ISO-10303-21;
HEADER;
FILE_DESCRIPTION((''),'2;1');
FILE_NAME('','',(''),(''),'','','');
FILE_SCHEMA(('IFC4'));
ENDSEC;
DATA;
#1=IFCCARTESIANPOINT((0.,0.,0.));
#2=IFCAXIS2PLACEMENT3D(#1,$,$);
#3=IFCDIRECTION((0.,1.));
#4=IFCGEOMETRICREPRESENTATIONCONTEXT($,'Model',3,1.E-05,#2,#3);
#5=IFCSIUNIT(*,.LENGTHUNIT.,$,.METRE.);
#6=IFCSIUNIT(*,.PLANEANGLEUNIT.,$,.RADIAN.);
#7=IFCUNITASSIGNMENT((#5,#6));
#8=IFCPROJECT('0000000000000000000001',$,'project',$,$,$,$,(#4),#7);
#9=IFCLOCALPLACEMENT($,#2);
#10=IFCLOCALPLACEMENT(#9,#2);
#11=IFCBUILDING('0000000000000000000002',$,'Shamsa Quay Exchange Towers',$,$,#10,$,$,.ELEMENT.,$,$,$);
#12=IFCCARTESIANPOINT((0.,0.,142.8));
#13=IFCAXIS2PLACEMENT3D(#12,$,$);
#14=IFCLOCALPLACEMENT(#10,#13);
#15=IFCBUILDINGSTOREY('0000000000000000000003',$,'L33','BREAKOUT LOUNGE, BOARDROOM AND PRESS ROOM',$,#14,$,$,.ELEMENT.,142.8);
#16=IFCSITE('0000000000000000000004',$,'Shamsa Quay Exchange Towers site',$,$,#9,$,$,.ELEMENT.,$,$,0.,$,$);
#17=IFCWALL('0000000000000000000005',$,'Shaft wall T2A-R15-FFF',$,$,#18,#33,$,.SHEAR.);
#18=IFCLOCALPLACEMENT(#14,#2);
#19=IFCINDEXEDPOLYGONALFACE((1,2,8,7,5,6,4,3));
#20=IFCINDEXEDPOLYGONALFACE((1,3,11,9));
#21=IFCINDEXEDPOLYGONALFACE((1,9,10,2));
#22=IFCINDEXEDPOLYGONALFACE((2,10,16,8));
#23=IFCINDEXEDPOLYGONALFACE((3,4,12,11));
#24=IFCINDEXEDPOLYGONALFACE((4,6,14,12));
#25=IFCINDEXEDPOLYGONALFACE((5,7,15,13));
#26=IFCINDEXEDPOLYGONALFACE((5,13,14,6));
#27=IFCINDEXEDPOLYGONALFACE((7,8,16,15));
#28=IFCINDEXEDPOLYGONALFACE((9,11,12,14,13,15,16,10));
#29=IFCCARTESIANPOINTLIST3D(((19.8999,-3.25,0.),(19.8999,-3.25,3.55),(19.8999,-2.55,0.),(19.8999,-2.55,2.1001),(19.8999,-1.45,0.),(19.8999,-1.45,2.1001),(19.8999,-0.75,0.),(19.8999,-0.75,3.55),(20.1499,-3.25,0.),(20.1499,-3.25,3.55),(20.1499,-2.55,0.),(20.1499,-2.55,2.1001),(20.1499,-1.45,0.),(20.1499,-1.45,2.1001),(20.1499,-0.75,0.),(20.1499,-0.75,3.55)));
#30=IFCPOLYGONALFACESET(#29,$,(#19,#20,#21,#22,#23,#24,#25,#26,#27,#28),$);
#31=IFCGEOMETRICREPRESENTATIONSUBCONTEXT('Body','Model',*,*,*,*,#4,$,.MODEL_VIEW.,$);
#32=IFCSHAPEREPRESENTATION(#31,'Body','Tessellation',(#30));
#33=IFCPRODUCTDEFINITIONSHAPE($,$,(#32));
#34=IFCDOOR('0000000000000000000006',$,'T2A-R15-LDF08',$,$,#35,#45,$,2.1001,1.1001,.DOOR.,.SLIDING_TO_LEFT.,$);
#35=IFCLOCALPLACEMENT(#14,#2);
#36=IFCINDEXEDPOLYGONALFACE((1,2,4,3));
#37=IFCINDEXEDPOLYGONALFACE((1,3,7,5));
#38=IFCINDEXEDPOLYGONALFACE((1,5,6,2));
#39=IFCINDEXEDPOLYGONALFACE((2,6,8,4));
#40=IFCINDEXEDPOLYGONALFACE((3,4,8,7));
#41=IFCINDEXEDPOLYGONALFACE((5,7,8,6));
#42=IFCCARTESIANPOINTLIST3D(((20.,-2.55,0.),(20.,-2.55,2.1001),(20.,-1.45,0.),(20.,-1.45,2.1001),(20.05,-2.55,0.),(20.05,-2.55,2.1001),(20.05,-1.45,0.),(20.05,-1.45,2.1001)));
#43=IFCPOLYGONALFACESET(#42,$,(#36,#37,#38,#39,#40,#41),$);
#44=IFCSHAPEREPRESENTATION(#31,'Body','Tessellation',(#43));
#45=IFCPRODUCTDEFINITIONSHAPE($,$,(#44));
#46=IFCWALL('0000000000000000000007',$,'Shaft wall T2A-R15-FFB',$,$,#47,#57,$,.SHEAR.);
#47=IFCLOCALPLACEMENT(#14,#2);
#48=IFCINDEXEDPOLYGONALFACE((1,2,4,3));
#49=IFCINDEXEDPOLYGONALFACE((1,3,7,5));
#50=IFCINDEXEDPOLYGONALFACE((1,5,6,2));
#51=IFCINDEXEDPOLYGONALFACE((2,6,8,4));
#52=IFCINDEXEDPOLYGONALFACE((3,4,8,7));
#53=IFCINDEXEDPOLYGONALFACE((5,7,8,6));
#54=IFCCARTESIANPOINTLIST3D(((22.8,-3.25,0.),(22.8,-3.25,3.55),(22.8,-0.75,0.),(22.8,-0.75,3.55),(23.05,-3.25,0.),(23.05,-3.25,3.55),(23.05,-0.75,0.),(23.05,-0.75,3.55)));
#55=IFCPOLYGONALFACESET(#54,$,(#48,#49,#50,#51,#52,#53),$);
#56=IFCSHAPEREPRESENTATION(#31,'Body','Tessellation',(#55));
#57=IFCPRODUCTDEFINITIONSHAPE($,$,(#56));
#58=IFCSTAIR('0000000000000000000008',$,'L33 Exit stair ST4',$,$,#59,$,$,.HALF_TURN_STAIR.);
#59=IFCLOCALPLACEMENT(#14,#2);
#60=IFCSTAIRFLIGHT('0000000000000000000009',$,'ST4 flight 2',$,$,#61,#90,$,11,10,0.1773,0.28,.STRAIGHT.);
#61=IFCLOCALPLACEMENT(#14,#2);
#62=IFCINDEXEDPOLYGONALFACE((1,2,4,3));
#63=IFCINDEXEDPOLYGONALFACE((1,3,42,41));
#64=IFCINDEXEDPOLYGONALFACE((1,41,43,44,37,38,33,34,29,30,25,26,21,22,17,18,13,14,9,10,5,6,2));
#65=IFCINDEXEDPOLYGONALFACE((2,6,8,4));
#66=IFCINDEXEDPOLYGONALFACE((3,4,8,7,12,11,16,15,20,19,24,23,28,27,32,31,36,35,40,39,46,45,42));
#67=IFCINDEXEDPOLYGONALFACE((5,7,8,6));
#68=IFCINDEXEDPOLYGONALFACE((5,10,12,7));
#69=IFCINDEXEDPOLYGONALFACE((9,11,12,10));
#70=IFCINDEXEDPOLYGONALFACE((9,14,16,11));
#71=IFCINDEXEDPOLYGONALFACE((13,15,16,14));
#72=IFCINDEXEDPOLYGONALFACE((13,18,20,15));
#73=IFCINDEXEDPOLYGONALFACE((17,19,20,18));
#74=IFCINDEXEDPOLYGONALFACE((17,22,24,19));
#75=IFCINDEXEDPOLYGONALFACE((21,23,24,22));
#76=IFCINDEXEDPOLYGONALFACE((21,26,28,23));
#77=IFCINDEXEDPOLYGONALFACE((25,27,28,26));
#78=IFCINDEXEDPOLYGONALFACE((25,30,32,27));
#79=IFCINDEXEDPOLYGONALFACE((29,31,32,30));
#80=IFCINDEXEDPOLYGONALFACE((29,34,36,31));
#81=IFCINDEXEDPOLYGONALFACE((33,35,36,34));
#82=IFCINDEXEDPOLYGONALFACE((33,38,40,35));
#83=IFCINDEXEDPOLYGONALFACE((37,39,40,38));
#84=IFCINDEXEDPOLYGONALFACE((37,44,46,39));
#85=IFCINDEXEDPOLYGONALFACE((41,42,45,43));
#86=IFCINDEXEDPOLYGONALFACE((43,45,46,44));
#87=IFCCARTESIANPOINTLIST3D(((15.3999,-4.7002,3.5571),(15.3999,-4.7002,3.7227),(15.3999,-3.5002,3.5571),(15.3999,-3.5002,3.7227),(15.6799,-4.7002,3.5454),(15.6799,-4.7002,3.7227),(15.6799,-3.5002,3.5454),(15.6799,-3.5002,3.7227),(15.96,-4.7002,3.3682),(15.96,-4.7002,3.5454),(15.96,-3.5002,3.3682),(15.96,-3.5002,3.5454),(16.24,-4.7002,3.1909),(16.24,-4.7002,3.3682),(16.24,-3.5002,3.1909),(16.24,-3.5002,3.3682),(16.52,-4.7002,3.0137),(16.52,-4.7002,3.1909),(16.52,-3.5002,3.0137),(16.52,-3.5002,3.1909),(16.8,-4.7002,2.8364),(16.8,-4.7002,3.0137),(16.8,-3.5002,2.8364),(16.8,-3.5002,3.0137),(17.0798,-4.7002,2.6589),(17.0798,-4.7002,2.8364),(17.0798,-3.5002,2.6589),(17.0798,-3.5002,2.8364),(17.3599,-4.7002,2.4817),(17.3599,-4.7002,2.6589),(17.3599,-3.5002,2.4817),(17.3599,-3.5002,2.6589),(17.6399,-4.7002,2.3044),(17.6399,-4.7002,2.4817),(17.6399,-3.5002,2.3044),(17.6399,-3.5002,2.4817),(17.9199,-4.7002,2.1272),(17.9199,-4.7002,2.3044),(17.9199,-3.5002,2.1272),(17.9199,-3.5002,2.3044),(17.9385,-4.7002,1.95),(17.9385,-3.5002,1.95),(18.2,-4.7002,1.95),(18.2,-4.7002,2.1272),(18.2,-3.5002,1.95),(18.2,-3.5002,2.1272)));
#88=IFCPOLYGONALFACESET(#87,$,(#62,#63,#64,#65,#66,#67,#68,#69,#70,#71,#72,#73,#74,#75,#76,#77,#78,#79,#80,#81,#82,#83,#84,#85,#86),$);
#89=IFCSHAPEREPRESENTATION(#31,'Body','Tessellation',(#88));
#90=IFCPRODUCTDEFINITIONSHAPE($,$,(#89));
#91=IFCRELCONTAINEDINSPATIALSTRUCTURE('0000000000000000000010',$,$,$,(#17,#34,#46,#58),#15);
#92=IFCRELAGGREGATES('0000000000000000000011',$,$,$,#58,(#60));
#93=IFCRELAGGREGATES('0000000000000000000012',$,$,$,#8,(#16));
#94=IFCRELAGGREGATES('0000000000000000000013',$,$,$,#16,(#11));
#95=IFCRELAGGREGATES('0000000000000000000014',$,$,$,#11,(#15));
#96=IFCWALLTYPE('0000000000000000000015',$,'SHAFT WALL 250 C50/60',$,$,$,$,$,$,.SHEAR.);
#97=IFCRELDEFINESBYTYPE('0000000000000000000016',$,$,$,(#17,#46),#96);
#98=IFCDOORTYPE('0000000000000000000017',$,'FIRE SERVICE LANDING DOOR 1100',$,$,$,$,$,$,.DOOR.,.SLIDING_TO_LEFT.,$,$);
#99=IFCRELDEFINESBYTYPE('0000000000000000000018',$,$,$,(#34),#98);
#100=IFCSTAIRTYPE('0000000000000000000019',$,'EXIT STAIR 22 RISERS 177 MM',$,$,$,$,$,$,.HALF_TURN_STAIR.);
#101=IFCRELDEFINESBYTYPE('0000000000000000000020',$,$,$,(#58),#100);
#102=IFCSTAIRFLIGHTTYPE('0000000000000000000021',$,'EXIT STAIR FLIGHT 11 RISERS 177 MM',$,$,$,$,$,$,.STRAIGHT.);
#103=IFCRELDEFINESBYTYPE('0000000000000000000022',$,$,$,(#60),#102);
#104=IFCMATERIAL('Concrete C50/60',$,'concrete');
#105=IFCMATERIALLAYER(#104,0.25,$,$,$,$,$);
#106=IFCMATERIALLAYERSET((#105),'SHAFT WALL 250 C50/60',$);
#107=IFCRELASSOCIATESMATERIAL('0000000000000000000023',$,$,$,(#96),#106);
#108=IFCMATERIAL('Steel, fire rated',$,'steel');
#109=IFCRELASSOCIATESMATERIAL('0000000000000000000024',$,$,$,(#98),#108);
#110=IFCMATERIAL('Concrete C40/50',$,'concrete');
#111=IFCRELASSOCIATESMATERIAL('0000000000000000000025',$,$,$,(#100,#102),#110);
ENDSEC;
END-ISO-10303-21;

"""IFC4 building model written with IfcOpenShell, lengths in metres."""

from ifc_helpers import new_model, si_unit, direction, frame, frame_2d, origin, place, context, subcontext, project, spatial, polyline, rectangle, outline, extrude, material, layer, layer_set, type_object, element, fill, aggregate, save


model = new_model("IFC4")

# Units and contexts
model_context = context("Model", 3, precision=1e-05, world=origin(), true_north=direction((0.0, 1.0)))
body_context = subcontext(model_context, "Body", "Model", "MODEL_VIEW")
ifc_project = project(units=[si_unit("LENGTHUNIT", "METRE"), si_unit("PLANEANGLEUNIT", "RADIAN")], contexts=[model_context])

# Site, building, storey
site_placement = place(None, origin())
site = spatial("IfcSite", under=ifc_project, at=site_placement, Name="Shamsa Quay Exchange Towers site", CompositionType="ELEMENT", RefElevation=0.0)
building_placement = place(site_placement, origin())
building = spatial("IfcBuilding", under=site, at=building_placement, Name="Shamsa Quay Exchange Towers", CompositionType="ELEMENT")
storey_placement = place(building_placement, frame((0.0, 0.0, 142.8)))
storey = spatial("IfcBuildingStorey", under=building, at=storey_placement, Name="L33", Description="BREAKOUT LOUNGE, BOARDROOM AND PRESS ROOM", CompositionType="ELEMENT", Elevation=142.8)

# Shared definitions
ifc_material_1 = material(Name="Concrete C50/60", Category="concrete")
ifc_layer_1 = layer(ifc_material_1, 0.25)
ifc_layer_set_1 = layer_set([ifc_layer_1], Name="SHAFT WALL 250 C50/60")
wall_type_1 = type_object("IfcWallType", Name="SHAFT WALL 250 C50/60", PredefinedType="SHEAR", material=ifc_layer_set_1)
ifc_material_2 = material(Name="Steel, fire rated", Category="steel")

# Wall, opening, door
wall_1_placement = place(storey_placement, frame((20.0249, -3.25, 0.0), z_axis=(0.0, 0.0, 1.0), x_axis=(0.0, 1.0, 0.0)))
wall_1 = element("IfcWall", 1, at=wall_1_placement, inside=storey, type_object=wall_type_1, Name="Shaft wall T2A-R15-FFF", PredefinedType="SHEAR", context=body_context, shape_type="SweptSolid", body=[
    extrude(rectangle(XDim=2.5, YDim=0.25, at=frame_2d((1.25, 0.0))), origin(), (0.0, 0.0, 1.0), 3.55),
])
opening_1_placement = place(wall_1_placement, frame((0.7, 0.0, 0.0)))
opening_1 = element("IfcOpeningElement", 2, at=opening_1_placement, cuts=wall_1, PredefinedType="OPENING", context=body_context, shape_type="SweptSolid", body=[
    extrude(rectangle(XDim=1.1001, YDim=2.1001, at=frame_2d((0.55, 1.05))), frame((0.0, 0.135, 0.0), z_axis=(0.0, -1.0, 0.0), x_axis=(1.0, 0.0, 0.0)), (0.0, 0.0, 1.0), 0.27),
])
door_type_1 = type_object("IfcDoorType", Name="FIRE SERVICE LANDING DOOR 1100", OperationType="SLIDING_TO_LEFT", PredefinedType="DOOR", material=ifc_material_2)
door_1_placement = place(opening_1_placement, origin())
door_1 = element("IfcDoor", 3, at=door_1_placement, inside=storey, type_object=door_type_1, Name="T2A-R15-LDF08", OperationType="SLIDING_TO_LEFT", OverallHeight=2.1001, OverallWidth=1.1001, PredefinedType="DOOR", context=body_context, shape_type="SweptSolid", body=[
    extrude(rectangle(XDim=1.1001, YDim=2.1001, at=frame_2d((0.55, 1.05))), frame((0.0, 0.0249, 0.0), z_axis=(0.0, -1.0, 0.0), x_axis=(1.0, 0.0, 0.0)), (0.0, 0.0, 1.0), 0.05),
])
fill(opening_1, door_1)

# Wall
wall_2_placement = place(storey_placement, frame((22.925, -3.25, 0.0), z_axis=(0.0, 0.0, 1.0), x_axis=(0.0, 1.0, 0.0)))
element("IfcWall", 4, at=wall_2_placement, inside=storey, type_object=wall_type_1, Name="Shaft wall T2A-R15-FFB", PredefinedType="SHEAR", context=body_context, shape_type="SweptSolid", body=[
    extrude(rectangle(XDim=2.5, YDim=0.25, at=frame_2d((1.25, 0.0))), origin(), (0.0, 0.0, 1.0), 3.55),
])

# Stair, stair flight
ifc_material_3 = material(Name="Concrete C40/50", Category="concrete")
stair_type = type_object("IfcStairType", Name="EXIT STAIR 22 RISERS 177 MM", PredefinedType="HALF_TURN_STAIR", material=ifc_material_3)
stair_placement = place(storey_placement, origin())
stair = element("IfcStair", 5, at=stair_placement, inside=storey, type_object=stair_type, Name="L33 Exit stair ST4", PredefinedType="HALF_TURN_STAIR")
stair_flight_type = type_object("IfcStairFlightType", Name="EXIT STAIR FLIGHT 11 RISERS 177 MM", PredefinedType="STRAIGHT", material=ifc_material_3)
stair_flight_placement = place(storey_placement, frame((18.2, -4.1001, 1.95), z_axis=(0.0, 0.0, 1.0), x_axis=(-1.0, 0.0, 0.0)))
stair_flight = element("IfcStairFlight", 6, at=stair_flight_placement, type_object=stair_flight_type, Name="ST4 flight 2", NumberOfRisers=11, NumberOfTreads=10, PredefinedType="STRAIGHT", RiserHeight=0.1773, TreadLength=0.28, context=body_context, shape_type="SweptSolid", body=[
    extrude(outline(polyline([(0.0, 0.0), (0.0, 0.1772), (0.28, 0.1772), (0.28, 0.3545), (0.5601, 0.3545), (0.5601, 0.5317), (0.8401, 0.5317), (0.8401, 0.709), (1.1201, 0.709), (1.1201, 0.8865), (1.3999, 0.8865), (1.3999, 1.0637), (1.6799, 1.0637), (1.6799, 1.241), (1.96, 1.241), (1.96, 1.4182), (2.24, 1.4182), (2.24, 1.5955), (2.52, 1.5955), (2.52, 1.7727), (2.8, 1.7727), (2.8, 1.95), (2.8, 1.6072), (0.2615, 0.0), (0.0, 0.0)])), frame((0.0, 0.6001, 0.0), z_axis=(0.0, -1.0, 0.0), x_axis=(1.0, 0.0, 0.0)), (0.0, 0.0, 1.0), 1.2),
])
aggregate(stair, [stair_flight])

save(model, "model.ifc")
